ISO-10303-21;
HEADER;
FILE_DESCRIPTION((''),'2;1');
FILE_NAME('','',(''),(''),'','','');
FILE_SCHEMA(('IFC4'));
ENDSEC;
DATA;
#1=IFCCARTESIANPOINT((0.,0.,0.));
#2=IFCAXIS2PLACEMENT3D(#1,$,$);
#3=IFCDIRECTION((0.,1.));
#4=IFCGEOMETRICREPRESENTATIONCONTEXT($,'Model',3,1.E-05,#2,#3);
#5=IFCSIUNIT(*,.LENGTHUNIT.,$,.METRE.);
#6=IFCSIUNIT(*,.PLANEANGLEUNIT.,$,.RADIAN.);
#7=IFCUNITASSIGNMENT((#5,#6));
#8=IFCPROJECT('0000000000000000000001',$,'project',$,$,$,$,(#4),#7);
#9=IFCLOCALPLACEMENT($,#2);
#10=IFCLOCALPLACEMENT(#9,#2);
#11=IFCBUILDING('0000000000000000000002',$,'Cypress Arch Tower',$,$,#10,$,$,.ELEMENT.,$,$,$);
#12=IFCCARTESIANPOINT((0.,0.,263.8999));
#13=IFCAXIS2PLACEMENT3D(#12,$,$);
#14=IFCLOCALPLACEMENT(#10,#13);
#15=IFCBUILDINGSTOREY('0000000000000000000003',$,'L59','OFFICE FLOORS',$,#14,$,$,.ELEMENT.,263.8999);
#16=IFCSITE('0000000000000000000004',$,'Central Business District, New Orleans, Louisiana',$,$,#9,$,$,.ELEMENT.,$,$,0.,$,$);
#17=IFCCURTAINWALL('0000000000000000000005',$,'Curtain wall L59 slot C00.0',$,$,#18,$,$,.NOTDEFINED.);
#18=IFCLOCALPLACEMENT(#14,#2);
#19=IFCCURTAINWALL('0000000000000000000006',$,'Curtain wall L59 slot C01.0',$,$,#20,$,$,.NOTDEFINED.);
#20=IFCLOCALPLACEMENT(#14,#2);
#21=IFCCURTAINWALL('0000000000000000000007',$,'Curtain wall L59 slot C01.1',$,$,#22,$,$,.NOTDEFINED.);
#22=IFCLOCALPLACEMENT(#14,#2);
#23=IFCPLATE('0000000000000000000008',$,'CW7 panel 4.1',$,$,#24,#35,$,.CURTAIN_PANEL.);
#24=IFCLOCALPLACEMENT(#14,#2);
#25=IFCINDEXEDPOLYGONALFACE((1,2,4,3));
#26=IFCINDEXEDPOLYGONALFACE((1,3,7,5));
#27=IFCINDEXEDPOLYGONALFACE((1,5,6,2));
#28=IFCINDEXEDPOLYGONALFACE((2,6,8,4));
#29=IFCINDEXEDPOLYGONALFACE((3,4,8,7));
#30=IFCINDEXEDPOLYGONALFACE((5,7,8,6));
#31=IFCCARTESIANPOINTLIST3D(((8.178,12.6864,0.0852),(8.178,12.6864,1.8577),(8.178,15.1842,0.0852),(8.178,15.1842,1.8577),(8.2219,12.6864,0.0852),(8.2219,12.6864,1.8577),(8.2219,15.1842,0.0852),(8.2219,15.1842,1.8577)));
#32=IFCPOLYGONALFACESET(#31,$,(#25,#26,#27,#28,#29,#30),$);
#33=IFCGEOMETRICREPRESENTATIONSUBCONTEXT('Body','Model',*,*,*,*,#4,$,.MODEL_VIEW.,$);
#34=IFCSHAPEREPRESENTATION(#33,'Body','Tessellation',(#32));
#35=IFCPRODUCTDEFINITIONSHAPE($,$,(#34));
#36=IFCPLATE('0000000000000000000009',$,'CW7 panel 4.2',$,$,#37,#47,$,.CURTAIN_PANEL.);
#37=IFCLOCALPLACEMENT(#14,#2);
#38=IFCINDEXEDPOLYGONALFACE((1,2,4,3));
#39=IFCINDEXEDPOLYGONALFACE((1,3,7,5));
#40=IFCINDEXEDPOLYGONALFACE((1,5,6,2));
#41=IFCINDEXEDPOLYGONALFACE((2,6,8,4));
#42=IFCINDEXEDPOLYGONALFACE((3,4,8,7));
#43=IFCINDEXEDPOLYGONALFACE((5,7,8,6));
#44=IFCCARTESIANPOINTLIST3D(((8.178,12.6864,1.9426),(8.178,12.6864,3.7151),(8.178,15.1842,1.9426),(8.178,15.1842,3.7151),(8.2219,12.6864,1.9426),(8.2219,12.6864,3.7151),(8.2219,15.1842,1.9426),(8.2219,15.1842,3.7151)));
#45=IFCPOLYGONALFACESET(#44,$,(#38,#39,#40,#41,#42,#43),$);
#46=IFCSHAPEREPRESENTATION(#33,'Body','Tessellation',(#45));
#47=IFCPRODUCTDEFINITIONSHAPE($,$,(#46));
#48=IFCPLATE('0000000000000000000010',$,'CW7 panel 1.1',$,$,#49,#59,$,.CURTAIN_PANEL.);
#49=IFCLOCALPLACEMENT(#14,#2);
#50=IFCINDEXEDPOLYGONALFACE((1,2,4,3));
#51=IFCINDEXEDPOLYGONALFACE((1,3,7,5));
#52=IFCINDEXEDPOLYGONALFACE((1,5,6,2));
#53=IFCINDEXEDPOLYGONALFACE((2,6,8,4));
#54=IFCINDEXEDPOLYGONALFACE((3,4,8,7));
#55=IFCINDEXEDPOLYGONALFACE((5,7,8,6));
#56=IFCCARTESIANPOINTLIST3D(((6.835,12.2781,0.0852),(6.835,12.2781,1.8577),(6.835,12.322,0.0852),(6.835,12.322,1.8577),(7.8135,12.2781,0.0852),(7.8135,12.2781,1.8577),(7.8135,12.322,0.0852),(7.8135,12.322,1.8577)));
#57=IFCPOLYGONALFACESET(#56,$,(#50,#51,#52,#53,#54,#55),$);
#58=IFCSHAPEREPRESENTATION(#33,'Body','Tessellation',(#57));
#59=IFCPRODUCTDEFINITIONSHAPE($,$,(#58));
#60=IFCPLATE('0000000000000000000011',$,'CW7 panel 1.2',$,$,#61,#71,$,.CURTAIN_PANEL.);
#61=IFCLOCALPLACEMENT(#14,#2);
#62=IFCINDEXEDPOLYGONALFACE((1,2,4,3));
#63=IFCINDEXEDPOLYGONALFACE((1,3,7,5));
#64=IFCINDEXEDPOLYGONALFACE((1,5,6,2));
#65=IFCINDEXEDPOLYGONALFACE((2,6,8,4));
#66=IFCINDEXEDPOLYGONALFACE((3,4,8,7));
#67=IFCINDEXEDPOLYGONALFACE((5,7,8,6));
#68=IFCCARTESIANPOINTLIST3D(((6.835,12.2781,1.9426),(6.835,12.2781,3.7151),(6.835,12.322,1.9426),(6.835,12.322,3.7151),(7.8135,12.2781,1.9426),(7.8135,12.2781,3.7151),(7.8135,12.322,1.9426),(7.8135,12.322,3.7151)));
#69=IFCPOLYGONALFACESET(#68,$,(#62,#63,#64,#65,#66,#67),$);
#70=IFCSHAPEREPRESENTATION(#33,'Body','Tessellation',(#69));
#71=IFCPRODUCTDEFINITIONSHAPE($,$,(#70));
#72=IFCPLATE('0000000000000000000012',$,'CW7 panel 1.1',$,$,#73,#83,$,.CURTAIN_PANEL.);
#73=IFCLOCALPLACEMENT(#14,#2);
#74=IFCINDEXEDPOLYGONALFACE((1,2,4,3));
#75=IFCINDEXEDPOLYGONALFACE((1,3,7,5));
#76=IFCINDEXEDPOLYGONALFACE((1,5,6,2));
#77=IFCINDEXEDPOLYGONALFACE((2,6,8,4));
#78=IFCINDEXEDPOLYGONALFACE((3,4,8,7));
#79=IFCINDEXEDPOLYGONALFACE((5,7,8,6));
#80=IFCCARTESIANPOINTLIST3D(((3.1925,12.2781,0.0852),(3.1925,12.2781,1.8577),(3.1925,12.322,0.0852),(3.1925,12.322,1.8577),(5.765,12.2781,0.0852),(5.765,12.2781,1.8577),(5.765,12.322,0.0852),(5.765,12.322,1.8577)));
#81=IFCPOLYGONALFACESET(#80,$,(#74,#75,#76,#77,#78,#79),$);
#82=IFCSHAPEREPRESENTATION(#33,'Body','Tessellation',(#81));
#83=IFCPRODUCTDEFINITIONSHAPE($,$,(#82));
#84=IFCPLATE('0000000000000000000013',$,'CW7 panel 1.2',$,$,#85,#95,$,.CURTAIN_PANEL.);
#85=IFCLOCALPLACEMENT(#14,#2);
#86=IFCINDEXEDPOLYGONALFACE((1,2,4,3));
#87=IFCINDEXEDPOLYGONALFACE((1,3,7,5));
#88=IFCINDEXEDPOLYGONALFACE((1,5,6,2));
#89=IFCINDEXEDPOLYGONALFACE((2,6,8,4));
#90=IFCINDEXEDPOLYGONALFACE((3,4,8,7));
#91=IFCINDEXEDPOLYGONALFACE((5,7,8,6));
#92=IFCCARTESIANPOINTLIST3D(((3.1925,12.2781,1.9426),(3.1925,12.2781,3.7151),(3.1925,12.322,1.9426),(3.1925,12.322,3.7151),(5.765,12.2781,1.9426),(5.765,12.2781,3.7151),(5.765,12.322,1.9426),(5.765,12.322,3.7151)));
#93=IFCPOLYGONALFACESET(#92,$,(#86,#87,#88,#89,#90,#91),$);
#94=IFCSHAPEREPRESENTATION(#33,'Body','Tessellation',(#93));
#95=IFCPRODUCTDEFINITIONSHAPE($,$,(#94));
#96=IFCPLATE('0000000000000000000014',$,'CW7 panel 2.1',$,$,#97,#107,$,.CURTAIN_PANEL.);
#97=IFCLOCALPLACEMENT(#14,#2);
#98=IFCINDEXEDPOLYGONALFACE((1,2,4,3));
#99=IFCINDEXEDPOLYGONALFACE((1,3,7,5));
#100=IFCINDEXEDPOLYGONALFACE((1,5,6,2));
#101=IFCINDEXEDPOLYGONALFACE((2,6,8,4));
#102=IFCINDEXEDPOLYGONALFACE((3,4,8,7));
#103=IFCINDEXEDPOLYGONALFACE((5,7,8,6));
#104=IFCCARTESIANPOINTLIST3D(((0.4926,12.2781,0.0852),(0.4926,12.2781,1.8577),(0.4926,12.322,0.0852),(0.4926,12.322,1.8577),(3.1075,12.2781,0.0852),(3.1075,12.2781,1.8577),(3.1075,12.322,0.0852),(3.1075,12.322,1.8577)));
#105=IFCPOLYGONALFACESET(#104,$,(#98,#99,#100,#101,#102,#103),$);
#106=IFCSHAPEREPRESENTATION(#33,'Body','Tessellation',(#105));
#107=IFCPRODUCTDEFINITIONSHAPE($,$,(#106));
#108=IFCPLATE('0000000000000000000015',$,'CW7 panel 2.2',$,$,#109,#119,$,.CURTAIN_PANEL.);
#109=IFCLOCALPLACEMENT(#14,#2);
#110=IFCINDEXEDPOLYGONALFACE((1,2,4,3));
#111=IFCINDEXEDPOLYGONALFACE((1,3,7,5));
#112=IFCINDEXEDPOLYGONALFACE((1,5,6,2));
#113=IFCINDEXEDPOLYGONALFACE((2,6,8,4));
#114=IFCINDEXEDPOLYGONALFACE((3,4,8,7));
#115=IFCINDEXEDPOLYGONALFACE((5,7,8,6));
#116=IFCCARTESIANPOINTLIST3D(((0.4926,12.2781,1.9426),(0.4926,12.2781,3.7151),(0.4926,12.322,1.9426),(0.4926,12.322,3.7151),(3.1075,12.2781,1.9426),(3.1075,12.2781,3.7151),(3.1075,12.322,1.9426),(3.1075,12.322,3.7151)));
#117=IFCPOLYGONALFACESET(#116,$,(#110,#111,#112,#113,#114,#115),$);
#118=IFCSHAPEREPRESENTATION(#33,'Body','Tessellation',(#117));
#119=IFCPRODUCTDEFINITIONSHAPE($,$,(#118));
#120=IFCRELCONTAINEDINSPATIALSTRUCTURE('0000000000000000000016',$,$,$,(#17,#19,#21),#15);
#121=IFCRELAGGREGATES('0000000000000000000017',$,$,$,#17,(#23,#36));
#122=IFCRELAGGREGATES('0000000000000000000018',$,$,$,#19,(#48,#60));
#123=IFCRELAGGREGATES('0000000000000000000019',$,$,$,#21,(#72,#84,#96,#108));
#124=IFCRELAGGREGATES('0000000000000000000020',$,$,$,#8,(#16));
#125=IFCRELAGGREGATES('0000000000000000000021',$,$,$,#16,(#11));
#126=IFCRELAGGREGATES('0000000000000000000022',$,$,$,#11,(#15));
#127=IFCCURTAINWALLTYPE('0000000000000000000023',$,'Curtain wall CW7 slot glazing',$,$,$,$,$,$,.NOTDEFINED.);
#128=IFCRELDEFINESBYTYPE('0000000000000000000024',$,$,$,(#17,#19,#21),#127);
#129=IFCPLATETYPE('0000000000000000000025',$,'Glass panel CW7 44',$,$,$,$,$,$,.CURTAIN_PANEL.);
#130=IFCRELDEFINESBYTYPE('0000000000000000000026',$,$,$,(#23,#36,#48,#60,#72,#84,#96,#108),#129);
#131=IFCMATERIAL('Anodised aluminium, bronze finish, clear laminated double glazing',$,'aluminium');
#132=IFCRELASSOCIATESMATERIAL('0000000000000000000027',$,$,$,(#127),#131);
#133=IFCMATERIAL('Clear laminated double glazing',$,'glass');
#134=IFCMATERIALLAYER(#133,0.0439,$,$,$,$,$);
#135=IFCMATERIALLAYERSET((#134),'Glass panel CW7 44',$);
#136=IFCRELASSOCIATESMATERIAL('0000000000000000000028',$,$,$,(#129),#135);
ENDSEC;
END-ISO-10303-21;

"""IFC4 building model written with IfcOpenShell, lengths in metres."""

from ifc_helpers import new_model, si_unit, direction, frame, origin, origin_2d, place, context, subcontext, project, spatial, rectangle, extrude, material, layer, layer_set, type_object, element, aggregate, save


model = new_model("IFC4")

# Units and contexts
model_context = context("Model", 3, precision=1e-05, world=origin(), true_north=direction((0.0, 1.0)))
body_context = subcontext(model_context, "Body", "Model", "MODEL_VIEW")
ifc_project = project(units=[si_unit("LENGTHUNIT", "METRE"), si_unit("PLANEANGLEUNIT", "RADIAN")], contexts=[model_context])

# Site, building, storey
site_placement = place(None, origin())
site = spatial("IfcSite", under=ifc_project, at=site_placement, Name="Central Business District, New Orleans, Louisiana", CompositionType="ELEMENT", RefElevation=0.0)
building_placement = place(site_placement, origin())
building = spatial("IfcBuilding", under=site, at=building_placement, Name="Cypress Arch Tower", CompositionType="ELEMENT")
storey_placement = place(building_placement, frame((0.0, 0.0, 263.8999)))
storey = spatial("IfcBuildingStorey", under=building, at=storey_placement, Name="L59", Description="OFFICE FLOORS", CompositionType="ELEMENT", Elevation=263.8999)

# Curtain wall
ifc_material_1 = material(Name="Anodised aluminium, bronze finish, clear laminated double glazing", Category="aluminium")
curtain_wall_type = type_object("IfcCurtainWallType", Name="Curtain wall CW7 slot glazing", PredefinedType="NOTDEFINED", material=ifc_material_1)
curtain_wall_1_placement = place(storey_placement, origin())
curtain_wall_1 = element("IfcCurtainWall", 1, at=curtain_wall_1_placement, inside=storey, type_object=curtain_wall_type, Name="Curtain wall L59 slot C00.0", PredefinedType="NOTDEFINED")

# Curtain walls
curtain_wall_2_placement = place(storey_placement, origin())
curtain_wall_2 = element("IfcCurtainWall", 2, at=curtain_wall_2_placement, inside=storey, type_object=curtain_wall_type, Name="Curtain wall L59 slot C01.0", PredefinedType="NOTDEFINED")
curtain_wall_3_placement = place(storey_placement, origin())
curtain_wall_3 = element("IfcCurtainWall", 3, at=curtain_wall_3_placement, inside=storey, type_object=curtain_wall_type, Name="Curtain wall L59 slot C01.1", PredefinedType="NOTDEFINED")

# Plates
ifc_material_2 = material(Name="Clear laminated double glazing", Category="glass")
ifc_layer = layer(ifc_material_2, 0.0439)
ifc_layer_set = layer_set([ifc_layer], Name="Glass panel CW7 44")
plate_type = type_object("IfcPlateType", Name="Glass panel CW7 44", PredefinedType="CURTAIN_PANEL", material=ifc_layer_set)
plate_1_placement = place(storey_placement, frame((8.2, 13.9353, 0.0852), z_axis=(0.0, 0.0, 1.0), x_axis=(0.0, -1.0, 0.0)))
plate_1 = element("IfcPlate", 4, at=plate_1_placement, type_object=plate_type, Name="CW7 panel 4.1", PredefinedType="CURTAIN_PANEL", context=body_context, shape_type="SweptSolid", body=[
    extrude(rectangle(XDim=2.4978, YDim=0.0439, at=origin_2d()), origin(), (0.0, 0.0, 1.0), 1.7725),
])
plate_2_placement = place(storey_placement, frame((8.2, 13.9353, 1.9426), z_axis=(0.0, 0.0, 1.0), x_axis=(0.0, -1.0, 0.0)))
plate_2 = element("IfcPlate", 5, at=plate_2_placement, type_object=plate_type, Name="CW7 panel 4.2", PredefinedType="CURTAIN_PANEL", context=body_context, shape_type="SweptSolid", body=[
    extrude(rectangle(XDim=2.4978, YDim=0.0439, at=origin_2d()), origin(), (0.0, 0.0, 1.0), 1.7725),
])
aggregate(curtain_wall_1, [plate_1, plate_2])
plate_3_placement = place(storey_placement, frame((7.3242, 12.3, 0.0852), z_axis=(0.0, 0.0, 1.0), x_axis=(-1.0, 0.0, 0.0)))
plate_3 = element("IfcPlate", 6, at=plate_3_placement, type_object=plate_type, Name="CW7 panel 1.1", PredefinedType="CURTAIN_PANEL", context=body_context, shape_type="SweptSolid", body=[
    extrude(rectangle(XDim=0.9785, YDim=0.0439, at=origin_2d()), origin(), (0.0, 0.0, 1.0), 1.7725),
])
plate_4_placement = place(storey_placement, frame((7.3242, 12.3, 1.9426), z_axis=(0.0, 0.0, 1.0), x_axis=(-1.0, 0.0, 0.0)))
plate_4 = element("IfcPlate", 7, at=plate_4_placement, type_object=plate_type, Name="CW7 panel 1.2", PredefinedType="CURTAIN_PANEL", context=body_context, shape_type="SweptSolid", body=[
    extrude(rectangle(XDim=0.9785, YDim=0.0439, at=origin_2d()), origin(), (0.0, 0.0, 1.0), 1.7725),
])
aggregate(curtain_wall_2, [plate_3, plate_4])
plate_5_placement = place(storey_placement, frame((4.4788, 12.3, 0.0852), z_axis=(0.0, 0.0, 1.0), x_axis=(-1.0, 0.0, 0.0)))
plate_5 = element("IfcPlate", 8, at=plate_5_placement, type_object=plate_type, Name="CW7 panel 1.1", PredefinedType="CURTAIN_PANEL", context=body_context, shape_type="SweptSolid", body=[
    extrude(rectangle(XDim=2.5725, YDim=0.0439, at=origin_2d()), origin(), (0.0, 0.0, 1.0), 1.7725),
])
plate_6_placement = place(storey_placement, frame((4.4788, 12.3, 1.9426), z_axis=(0.0, 0.0, 1.0), x_axis=(-1.0, 0.0, 0.0)))
plate_6 = element("IfcPlate", 9, at=plate_6_placement, type_object=plate_type, Name="CW7 panel 1.2", PredefinedType="CURTAIN_PANEL", context=body_context, shape_type="SweptSolid", body=[
    extrude(rectangle(XDim=2.5725, YDim=0.0439, at=origin_2d()), origin(), (0.0, 0.0, 1.0), 1.7725),
])
plate_7_placement = place(storey_placement, frame((1.8, 12.3, 0.0852), z_axis=(0.0, 0.0, 1.0), x_axis=(-1.0, 0.0, 0.0)))
plate_7 = element("IfcPlate", 10, at=plate_7_placement, type_object=plate_type, Name="CW7 panel 2.1", PredefinedType="CURTAIN_PANEL", context=body_context, shape_type="SweptSolid", body=[
    extrude(rectangle(XDim=2.615, YDim=0.0439, at=origin_2d()), origin(), (0.0, 0.0, 1.0), 1.7725),
])
plate_8_placement = place(storey_placement, frame((1.8, 12.3, 1.9426), z_axis=(0.0, 0.0, 1.0), x_axis=(-1.0, 0.0, 0.0)))
plate_8 = element("IfcPlate", 11, at=plate_8_placement, type_object=plate_type, Name="CW7 panel 2.2", PredefinedType="CURTAIN_PANEL", context=body_context, shape_type="SweptSolid", body=[
    extrude(rectangle(XDim=2.615, YDim=0.0439, at=origin_2d()), origin(), (0.0, 0.0, 1.0), 1.7725),
])
aggregate(curtain_wall_3, [plate_5, plate_6, plate_7, plate_8])

save(model, "model.ifc")
